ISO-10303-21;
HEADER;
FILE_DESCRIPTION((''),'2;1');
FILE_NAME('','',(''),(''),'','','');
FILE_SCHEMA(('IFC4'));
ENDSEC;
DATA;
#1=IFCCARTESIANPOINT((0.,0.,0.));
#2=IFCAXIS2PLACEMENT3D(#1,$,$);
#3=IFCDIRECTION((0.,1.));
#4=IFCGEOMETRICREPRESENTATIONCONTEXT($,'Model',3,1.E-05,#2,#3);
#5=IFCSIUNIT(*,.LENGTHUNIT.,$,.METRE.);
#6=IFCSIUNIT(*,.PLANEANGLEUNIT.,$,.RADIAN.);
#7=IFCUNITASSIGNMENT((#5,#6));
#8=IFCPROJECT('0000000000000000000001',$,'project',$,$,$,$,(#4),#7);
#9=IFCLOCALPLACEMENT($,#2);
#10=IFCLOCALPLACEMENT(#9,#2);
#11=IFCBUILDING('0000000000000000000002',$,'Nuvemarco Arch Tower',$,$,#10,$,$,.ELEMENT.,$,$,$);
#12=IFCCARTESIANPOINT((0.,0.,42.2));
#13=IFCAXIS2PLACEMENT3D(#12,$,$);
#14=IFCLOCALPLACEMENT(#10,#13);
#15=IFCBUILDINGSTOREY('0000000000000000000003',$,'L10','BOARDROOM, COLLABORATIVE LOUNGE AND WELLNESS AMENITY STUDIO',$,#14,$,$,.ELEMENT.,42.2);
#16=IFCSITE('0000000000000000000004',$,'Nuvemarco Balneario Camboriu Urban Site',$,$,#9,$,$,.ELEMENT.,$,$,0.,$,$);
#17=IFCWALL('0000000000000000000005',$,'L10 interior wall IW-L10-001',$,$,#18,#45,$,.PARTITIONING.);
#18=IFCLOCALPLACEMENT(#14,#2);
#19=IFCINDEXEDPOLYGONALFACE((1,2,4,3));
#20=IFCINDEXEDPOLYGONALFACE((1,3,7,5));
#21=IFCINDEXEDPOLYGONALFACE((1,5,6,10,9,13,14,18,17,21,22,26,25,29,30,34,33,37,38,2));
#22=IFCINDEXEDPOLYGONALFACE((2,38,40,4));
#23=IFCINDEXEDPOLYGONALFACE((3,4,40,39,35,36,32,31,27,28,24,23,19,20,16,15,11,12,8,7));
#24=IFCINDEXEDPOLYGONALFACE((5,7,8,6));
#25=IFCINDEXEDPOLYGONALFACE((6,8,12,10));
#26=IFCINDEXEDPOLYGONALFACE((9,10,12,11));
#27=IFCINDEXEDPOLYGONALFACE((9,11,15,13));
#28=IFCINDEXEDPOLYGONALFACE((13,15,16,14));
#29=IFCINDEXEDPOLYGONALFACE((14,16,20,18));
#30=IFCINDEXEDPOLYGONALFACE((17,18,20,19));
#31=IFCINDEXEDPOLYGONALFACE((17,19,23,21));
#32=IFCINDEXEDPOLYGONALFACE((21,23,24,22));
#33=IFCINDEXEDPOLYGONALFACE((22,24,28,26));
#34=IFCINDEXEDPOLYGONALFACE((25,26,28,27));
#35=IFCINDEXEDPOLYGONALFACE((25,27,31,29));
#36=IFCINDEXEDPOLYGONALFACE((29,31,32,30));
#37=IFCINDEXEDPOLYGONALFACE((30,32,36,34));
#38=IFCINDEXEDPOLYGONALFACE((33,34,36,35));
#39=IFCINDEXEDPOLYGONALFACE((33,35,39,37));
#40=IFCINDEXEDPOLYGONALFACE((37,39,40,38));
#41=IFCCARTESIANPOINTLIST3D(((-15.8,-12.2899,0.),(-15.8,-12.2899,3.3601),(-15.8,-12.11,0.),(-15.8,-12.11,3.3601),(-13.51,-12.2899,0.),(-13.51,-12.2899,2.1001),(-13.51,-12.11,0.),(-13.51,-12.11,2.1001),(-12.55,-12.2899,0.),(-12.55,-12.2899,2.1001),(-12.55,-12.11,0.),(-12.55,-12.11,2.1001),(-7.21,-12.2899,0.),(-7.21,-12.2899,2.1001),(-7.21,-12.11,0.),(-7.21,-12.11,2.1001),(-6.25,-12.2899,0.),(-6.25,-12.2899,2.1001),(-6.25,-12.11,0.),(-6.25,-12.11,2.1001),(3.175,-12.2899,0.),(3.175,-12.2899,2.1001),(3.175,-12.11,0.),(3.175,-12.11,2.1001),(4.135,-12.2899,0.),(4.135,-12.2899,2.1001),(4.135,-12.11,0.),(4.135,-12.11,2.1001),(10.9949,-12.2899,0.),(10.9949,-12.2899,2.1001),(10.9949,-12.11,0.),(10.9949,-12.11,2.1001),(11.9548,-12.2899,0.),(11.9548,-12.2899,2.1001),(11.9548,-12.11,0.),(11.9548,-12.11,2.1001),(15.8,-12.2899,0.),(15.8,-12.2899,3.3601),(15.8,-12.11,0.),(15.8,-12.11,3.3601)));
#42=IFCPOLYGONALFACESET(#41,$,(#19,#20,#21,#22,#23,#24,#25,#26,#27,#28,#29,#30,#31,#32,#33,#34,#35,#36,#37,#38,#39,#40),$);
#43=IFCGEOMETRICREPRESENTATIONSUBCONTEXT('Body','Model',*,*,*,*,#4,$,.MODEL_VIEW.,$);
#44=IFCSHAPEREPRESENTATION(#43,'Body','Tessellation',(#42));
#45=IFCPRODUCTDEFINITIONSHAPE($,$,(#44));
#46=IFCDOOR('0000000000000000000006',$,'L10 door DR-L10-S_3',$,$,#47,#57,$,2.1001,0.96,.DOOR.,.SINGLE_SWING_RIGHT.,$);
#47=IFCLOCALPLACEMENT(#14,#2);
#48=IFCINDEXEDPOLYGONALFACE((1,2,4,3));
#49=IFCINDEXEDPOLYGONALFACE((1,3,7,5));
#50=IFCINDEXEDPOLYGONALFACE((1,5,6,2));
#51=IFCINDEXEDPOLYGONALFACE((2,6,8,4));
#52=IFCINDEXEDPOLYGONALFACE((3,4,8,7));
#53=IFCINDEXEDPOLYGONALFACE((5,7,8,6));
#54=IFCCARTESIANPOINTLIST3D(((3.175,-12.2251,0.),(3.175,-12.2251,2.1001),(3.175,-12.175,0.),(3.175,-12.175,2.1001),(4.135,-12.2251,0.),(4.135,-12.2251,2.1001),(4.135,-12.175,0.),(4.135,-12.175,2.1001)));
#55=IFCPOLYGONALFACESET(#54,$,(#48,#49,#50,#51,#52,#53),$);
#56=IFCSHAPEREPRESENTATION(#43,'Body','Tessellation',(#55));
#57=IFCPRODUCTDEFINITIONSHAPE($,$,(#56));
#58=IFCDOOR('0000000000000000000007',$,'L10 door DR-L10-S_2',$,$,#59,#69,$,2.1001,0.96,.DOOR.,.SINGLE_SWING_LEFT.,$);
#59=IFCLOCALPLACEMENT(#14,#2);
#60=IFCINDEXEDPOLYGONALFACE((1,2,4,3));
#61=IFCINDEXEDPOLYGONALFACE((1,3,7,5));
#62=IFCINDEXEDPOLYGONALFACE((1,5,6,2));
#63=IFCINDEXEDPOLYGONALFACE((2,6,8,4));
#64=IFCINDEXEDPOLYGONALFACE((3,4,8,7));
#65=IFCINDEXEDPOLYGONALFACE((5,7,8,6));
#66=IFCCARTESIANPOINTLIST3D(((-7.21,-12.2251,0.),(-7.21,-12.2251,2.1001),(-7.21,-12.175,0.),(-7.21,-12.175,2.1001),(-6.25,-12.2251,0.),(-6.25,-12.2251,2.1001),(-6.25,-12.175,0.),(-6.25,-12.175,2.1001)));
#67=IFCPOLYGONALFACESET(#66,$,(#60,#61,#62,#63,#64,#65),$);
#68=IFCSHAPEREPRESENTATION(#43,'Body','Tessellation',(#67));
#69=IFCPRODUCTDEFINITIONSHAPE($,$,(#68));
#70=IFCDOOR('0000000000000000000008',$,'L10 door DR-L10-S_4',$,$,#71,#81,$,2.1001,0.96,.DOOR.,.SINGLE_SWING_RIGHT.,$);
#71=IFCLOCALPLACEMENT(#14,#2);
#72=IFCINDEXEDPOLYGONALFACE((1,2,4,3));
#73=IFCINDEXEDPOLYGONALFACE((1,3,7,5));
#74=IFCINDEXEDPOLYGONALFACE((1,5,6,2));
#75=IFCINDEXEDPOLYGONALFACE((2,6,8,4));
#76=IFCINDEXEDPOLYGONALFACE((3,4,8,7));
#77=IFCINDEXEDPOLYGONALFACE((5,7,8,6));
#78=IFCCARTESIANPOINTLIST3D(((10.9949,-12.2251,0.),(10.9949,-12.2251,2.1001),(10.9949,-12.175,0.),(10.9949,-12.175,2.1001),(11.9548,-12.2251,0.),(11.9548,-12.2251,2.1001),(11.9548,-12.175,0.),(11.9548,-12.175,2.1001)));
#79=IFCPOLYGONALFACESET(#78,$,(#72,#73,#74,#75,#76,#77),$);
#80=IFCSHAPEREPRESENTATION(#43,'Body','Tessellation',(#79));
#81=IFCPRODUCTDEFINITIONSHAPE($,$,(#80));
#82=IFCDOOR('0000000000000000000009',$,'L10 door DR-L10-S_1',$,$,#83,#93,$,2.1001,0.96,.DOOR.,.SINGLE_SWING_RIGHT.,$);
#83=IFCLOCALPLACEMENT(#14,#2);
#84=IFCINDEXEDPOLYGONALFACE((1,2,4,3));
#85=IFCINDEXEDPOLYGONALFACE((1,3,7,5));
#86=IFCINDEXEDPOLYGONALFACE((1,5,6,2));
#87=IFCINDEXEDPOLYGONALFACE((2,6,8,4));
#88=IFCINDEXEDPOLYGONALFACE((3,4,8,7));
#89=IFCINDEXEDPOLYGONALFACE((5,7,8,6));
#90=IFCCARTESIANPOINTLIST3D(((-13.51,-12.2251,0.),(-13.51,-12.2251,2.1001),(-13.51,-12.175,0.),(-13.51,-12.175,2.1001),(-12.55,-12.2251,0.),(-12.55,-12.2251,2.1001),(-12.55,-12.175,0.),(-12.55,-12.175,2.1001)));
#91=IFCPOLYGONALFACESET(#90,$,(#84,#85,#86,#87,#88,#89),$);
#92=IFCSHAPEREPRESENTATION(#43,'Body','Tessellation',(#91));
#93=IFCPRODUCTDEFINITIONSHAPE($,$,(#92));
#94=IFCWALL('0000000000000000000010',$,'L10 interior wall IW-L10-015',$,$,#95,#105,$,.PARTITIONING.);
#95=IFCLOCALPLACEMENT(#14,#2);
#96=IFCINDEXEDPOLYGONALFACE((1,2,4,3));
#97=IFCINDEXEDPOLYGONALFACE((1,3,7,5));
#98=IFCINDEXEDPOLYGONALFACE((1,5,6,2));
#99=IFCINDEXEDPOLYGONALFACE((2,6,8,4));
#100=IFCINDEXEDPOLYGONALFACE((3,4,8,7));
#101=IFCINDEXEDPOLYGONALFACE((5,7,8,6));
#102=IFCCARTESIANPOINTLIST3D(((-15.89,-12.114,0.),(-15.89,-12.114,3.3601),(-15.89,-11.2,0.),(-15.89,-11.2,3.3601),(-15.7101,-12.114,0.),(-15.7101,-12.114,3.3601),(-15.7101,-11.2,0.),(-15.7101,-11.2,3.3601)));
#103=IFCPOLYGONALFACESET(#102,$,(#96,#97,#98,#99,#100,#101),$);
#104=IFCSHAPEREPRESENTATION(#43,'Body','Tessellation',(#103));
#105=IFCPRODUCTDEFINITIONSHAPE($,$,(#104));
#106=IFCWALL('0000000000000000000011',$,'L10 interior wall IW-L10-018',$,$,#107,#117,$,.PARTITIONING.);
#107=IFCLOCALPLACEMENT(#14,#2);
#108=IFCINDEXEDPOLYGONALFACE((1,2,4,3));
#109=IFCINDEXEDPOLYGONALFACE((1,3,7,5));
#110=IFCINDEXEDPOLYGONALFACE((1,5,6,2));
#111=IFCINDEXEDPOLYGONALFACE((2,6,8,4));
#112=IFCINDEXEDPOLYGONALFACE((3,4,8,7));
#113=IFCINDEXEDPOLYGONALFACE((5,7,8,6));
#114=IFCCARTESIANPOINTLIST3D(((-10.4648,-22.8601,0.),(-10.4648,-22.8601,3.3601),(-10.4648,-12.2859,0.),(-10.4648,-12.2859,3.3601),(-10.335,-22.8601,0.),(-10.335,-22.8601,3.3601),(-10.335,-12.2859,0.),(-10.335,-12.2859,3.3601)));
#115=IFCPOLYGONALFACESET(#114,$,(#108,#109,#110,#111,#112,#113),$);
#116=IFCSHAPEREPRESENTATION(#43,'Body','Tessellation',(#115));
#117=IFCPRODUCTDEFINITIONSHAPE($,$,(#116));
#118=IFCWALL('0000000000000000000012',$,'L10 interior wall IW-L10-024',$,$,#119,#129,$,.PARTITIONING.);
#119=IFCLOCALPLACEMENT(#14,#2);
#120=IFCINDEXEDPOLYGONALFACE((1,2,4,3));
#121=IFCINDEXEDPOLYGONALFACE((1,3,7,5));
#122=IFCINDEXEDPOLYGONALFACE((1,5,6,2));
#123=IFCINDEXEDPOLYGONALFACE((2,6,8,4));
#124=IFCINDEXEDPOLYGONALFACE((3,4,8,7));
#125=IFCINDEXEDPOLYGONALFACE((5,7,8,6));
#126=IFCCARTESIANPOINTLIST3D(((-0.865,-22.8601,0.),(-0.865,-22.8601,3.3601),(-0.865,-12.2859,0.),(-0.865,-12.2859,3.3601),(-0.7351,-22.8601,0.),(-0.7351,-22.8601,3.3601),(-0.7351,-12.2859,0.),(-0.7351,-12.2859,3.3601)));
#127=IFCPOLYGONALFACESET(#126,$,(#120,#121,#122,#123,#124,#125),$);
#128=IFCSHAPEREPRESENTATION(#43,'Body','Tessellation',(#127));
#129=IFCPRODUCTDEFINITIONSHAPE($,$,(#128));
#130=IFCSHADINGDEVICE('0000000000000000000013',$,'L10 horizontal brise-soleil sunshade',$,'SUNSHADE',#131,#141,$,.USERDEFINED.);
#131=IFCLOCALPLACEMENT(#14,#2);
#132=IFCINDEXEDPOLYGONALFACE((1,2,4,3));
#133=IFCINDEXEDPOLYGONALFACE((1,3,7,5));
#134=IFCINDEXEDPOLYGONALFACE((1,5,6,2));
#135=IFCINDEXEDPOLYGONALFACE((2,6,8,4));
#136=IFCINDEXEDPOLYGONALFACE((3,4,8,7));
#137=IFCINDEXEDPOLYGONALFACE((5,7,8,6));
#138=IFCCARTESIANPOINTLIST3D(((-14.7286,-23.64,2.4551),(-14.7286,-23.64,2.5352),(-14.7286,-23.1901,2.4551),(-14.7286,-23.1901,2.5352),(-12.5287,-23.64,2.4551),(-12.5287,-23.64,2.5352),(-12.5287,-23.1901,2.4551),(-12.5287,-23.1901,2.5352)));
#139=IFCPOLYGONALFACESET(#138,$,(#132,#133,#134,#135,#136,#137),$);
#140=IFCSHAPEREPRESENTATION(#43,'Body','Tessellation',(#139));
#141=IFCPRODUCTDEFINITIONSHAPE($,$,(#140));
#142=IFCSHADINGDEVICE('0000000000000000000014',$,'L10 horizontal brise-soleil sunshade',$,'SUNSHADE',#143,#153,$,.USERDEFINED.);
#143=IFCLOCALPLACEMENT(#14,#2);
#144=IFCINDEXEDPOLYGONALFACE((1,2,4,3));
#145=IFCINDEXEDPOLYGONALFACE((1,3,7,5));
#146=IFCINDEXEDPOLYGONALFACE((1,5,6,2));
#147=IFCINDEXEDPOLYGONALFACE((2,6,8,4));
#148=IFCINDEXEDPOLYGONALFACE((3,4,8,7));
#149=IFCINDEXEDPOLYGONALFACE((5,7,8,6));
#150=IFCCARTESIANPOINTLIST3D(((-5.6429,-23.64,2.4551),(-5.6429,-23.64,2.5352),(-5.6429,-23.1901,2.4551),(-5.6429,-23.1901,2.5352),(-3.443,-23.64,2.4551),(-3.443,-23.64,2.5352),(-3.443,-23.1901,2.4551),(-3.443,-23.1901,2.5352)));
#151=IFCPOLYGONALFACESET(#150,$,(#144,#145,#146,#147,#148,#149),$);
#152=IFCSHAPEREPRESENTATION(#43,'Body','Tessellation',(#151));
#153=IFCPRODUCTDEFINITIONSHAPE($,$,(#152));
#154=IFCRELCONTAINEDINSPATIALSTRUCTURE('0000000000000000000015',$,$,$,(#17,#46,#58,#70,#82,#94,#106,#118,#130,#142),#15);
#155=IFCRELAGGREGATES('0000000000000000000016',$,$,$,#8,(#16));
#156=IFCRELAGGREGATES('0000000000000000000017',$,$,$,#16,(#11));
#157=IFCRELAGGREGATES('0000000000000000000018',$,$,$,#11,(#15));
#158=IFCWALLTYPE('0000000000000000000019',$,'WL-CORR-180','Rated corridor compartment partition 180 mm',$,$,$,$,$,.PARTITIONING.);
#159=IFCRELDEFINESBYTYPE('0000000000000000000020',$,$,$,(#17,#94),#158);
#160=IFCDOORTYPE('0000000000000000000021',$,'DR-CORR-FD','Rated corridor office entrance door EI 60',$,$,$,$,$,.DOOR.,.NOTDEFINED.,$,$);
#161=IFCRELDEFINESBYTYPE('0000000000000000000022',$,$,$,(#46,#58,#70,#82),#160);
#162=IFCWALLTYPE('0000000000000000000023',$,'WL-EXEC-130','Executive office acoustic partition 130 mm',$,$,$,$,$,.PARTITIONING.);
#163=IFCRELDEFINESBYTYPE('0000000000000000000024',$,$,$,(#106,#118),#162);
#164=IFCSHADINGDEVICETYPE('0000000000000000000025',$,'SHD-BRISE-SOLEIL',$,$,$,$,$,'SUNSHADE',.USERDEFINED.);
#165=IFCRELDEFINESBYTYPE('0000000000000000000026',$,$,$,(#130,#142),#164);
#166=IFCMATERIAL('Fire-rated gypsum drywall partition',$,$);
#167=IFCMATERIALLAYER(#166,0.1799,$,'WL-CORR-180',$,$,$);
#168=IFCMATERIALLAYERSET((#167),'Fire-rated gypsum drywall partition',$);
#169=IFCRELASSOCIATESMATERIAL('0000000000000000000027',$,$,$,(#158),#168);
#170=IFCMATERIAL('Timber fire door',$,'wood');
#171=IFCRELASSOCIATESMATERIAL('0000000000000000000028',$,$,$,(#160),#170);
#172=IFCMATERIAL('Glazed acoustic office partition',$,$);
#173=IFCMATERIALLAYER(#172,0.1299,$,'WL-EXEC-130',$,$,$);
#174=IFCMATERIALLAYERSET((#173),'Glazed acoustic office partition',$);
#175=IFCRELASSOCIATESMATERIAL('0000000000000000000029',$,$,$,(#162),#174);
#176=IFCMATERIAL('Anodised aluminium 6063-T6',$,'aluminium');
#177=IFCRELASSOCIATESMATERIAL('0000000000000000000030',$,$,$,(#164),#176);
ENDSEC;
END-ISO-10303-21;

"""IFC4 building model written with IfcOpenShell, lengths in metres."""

from ifc_helpers import new_model, si_unit, direction, frame, frame_2d, origin, origin_2d, place, context, subcontext, project, spatial, rectangle, extrude, source, transform, mapped, material, layer, layer_set, type_object, type_shapes, element, fill, save


model = new_model("IFC4")

# Units and contexts
model_context = context("Model", 3, precision=1e-05, world=origin(), true_north=direction((0.0, 1.0)))
body_context = subcontext(model_context, "Body", "Model", "MODEL_VIEW")
ifc_project = project(units=[si_unit("LENGTHUNIT", "METRE"), si_unit("PLANEANGLEUNIT", "RADIAN")], contexts=[model_context])

# Site, building, storey
site_placement = place(None, origin())
site = spatial("IfcSite", under=ifc_project, at=site_placement, Name="Nuvemarco Balneario Camboriu Urban Site", CompositionType="ELEMENT", RefElevation=0.0)
building_placement = place(site_placement, origin())
building = spatial("IfcBuilding", under=site, at=building_placement, Name="Nuvemarco Arch Tower", CompositionType="ELEMENT")
storey_placement = place(building_placement, frame((0.0, 0.0, 42.2)))
storey = spatial("IfcBuildingStorey", under=building, at=storey_placement, Name="L10", Description="BOARDROOM, COLLABORATIVE LOUNGE AND WELLNESS AMENITY STUDIO", CompositionType="ELEMENT", Elevation=42.2)

# Wall, openings, doors
ifc_material_1 = material(Name="Fire-rated gypsum drywall partition")
ifc_layer_1 = layer(ifc_material_1, 0.1799, Name="WL-CORR-180")
ifc_layer_set_1 = layer_set([ifc_layer_1], Name="Fire-rated gypsum drywall partition")
wall_type_1 = type_object("IfcWallType", Name="WL-CORR-180", Description="Rated corridor compartment partition 180 mm", PredefinedType="PARTITIONING", material=ifc_layer_set_1)
wall_1_placement = place(storey_placement, frame((-15.8, -12.2, 0.0), z_axis=(0.0, 0.0, 1.0), x_axis=(1.0, 0.0, 0.0)))
wall_1 = element("IfcWall", 1, at=wall_1_placement, inside=storey, type_object=wall_type_1, Name="L10 interior wall IW-L10-001", PredefinedType="PARTITIONING", context=body_context, shape_type="SweptSolid", body=[
    extrude(rectangle(XDim=31.6001, YDim=0.1799, at=frame_2d((15.8, 0.0))), origin(), (0.0, 0.0, 1.0), 3.3601),
])
opening_1_placement = place(wall_1_placement, frame((18.9751, 0.0, 0.0)))
opening_1 = element("IfcOpeningElement", 2, at=opening_1_placement, cuts=wall_1, PredefinedType="OPENING", context=body_context, shape_type="SweptSolid", body=[
    extrude(rectangle(XDim=0.96, YDim=2.1001, at=frame_2d((0.48, 1.05))), frame((0.0, 0.0999, 0.0), z_axis=(0.0, -1.0, 0.0), x_axis=(1.0, 0.0, 0.0)), (0.0, 0.0, 1.0), 0.2),
])
opening_2_placement = place(wall_1_placement, frame((8.5901, 0.0, 0.0)))
opening_2 = element("IfcOpeningElement", 3, at=opening_2_placement, cuts=wall_1, PredefinedType="OPENING", context=body_context, shape_type="SweptSolid", body=[
    extrude(rectangle(XDim=0.96, YDim=2.1001, at=frame_2d((0.48, 1.05))), frame((0.0, 0.0999, 0.0), z_axis=(0.0, -1.0, 0.0), x_axis=(1.0, 0.0, 0.0)), (0.0, 0.0, 1.0), 0.2),
])
opening_3_placement = place(wall_1_placement, frame((26.7949, 0.0, 0.0)))
opening_3 = element("IfcOpeningElement", 4, at=opening_3_placement, cuts=wall_1, PredefinedType="OPENING", context=body_context, shape_type="SweptSolid", body=[
    extrude(rectangle(XDim=0.96, YDim=2.1001, at=frame_2d((0.48, 1.05))), frame((0.0, 0.0999, 0.0), z_axis=(0.0, -1.0, 0.0), x_axis=(1.0, 0.0, 0.0)), (0.0, 0.0, 1.0), 0.2),
])
opening_4_placement = place(wall_1_placement, frame((2.29, 0.0, 0.0)))
opening_4 = element("IfcOpeningElement", 5, at=opening_4_placement, cuts=wall_1, PredefinedType="OPENING", context=body_context, shape_type="SweptSolid", body=[
    extrude(rectangle(XDim=0.96, YDim=2.1001, at=frame_2d((0.48, 1.05))), frame((0.0, 0.0999, 0.0), z_axis=(0.0, -1.0, 0.0), x_axis=(1.0, 0.0, 0.0)), (0.0, 0.0, 1.0), 0.2),
])
ifc_material_2 = material(Name="Timber fire door", Category="wood")
door_type = type_object("IfcDoorType", Name="DR-CORR-FD", Description="Rated corridor office entrance door EI 60", OperationType="NOTDEFINED", PredefinedType="DOOR", material=ifc_material_2)
shared_shape_1 = source(origin(), body_context, "Body", "SweptSolid", [
    extrude(rectangle(XDim=0.96, YDim=2.1001, at=frame_2d((0.48, 1.05))), frame((0.0, 0.0249, 0.0), z_axis=(0.0, -1.0, 0.0), x_axis=(1.0, 0.0, 0.0)), (0.0, 0.0, 1.0), 0.05),
])
type_shapes(door_type, [shared_shape_1])
door_1_placement = place(opening_1_placement, origin())
door_1 = element("IfcDoor", 6, at=door_1_placement, inside=storey, type_object=door_type, Name="L10 door DR-L10-S_3", OperationType="SINGLE_SWING_RIGHT", OverallHeight=2.1001, OverallWidth=0.96, PredefinedType="DOOR", context=body_context, shape_type="MappedRepresentation", body=[
    mapped(shared_shape_1, transform((0.0, 0.0, 0.0), scale=1.0)),
])
fill(opening_1, door_1)
door_2_placement = place(opening_2_placement, origin())
door_2 = element("IfcDoor", 7, at=door_2_placement, inside=storey, type_object=door_type, Name="L10 door DR-L10-S_2", OperationType="SINGLE_SWING_LEFT", OverallHeight=2.1001, OverallWidth=0.96, PredefinedType="DOOR", context=body_context, shape_type="MappedRepresentation", body=[
    mapped(shared_shape_1, transform((0.0, 0.0, 0.0), scale=1.0)),
])
fill(opening_2, door_2)
door_3_placement = place(opening_3_placement, origin())
door_3 = element("IfcDoor", 8, at=door_3_placement, inside=storey, type_object=door_type, Name="L10 door DR-L10-S_4", OperationType="SINGLE_SWING_RIGHT", OverallHeight=2.1001, OverallWidth=0.96, PredefinedType="DOOR", context=body_context, shape_type="MappedRepresentation", body=[
    mapped(shared_shape_1, transform((0.0, 0.0, 0.0), scale=1.0)),
])
fill(opening_3, door_3)
door_4_placement = place(opening_4_placement, origin())
door_4 = element("IfcDoor", 9, at=door_4_placement, inside=storey, type_object=door_type, Name="L10 door DR-L10-S_1", OperationType="SINGLE_SWING_RIGHT", OverallHeight=2.1001, OverallWidth=0.96, PredefinedType="DOOR", context=body_context, shape_type="MappedRepresentation", body=[
    mapped(shared_shape_1, transform((0.0, 0.0, 0.0), scale=1.0)),
])
fill(opening_4, door_4)

# Walls
wall_2_placement = place(storey_placement, frame((-15.8, -12.114, 0.0), z_axis=(0.0, 0.0, 1.0), x_axis=(0.0, 1.0, 0.0)))
element("IfcWall", 10, at=wall_2_placement, inside=storey, type_object=wall_type_1, Name="L10 interior wall IW-L10-015", PredefinedType="PARTITIONING", context=body_context, shape_type="SweptSolid", body=[
    extrude(rectangle(XDim=0.9141, YDim=0.1799, at=frame_2d((0.457, 0.0))), origin(), (0.0, 0.0, 1.0), 3.3601),
])
ifc_material_3 = material(Name="Glazed acoustic office partition")
ifc_layer_2 = layer(ifc_material_3, 0.1299, Name="WL-EXEC-130")
ifc_layer_set_2 = layer_set([ifc_layer_2], Name="Glazed acoustic office partition")
wall_type_2 = type_object("IfcWallType", Name="WL-EXEC-130", Description="Executive office acoustic partition 130 mm", PredefinedType="PARTITIONING", material=ifc_layer_set_2)
for number, where, z_axis, x_axis, name in (
    (11, (-10.3999, -22.8601, 0.0), (0.0, 0.0, 1.0), (0.0, 1.0, 0.0), "L10 interior wall IW-L10-018"),
    (12, (-0.8, -22.8601, 0.0), (0.0, 0.0, 1.0), (0.0, 1.0, 0.0), "L10 interior wall IW-L10-024"),
):
    element("IfcWall", number, at=place(storey_placement, frame(where, z_axis=z_axis, x_axis=x_axis)), inside=storey, type_object=wall_type_2, Name=name, PredefinedType="PARTITIONING", context=body_context, shape_type="SweptSolid", body=[
        extrude(rectangle(XDim=10.5742, YDim=0.1299, at=frame_2d((5.2871, 0.0))), origin(), (0.0, 0.0, 1.0), 3.3601),
    ])

# Shading devices
ifc_material_4 = material(Name="Anodised aluminium 6063-T6", Category="aluminium")
shading_device_type = type_object("IfcShadingDeviceType", Name="SHD-BRISE-SOLEIL", ElementType="SUNSHADE", PredefinedType="USERDEFINED", material=ifc_material_4)
shared_shape_2 = source(origin(), body_context, "Body", "SweptSolid", [
    extrude(rectangle(XDim=2.2, YDim=0.45, at=origin_2d()), origin(), (0.0, 0.0, 1.0), 0.0801),
])
type_shapes(shading_device_type, [shared_shape_2])
for number, where, z_axis, x_axis, name in (
    (13, (-13.6287, -23.415, 2.4551), (0.0, 0.0, 1.0), (1.0, 0.0, 0.0), "L10 horizontal brise-soleil sunshade"),
    (14, (-4.543, -23.415, 2.4551), (0.0, 0.0, 1.0), (1.0, 0.0, 0.0), "L10 horizontal brise-soleil sunshade"),
):
    element("IfcShadingDevice", number, at=place(storey_placement, frame(where, z_axis=z_axis, x_axis=x_axis)), inside=storey, type_object=shading_device_type, Name=name, ObjectType="SUNSHADE", PredefinedType="USERDEFINED", context=body_context, shape_type="MappedRepresentation", body=[
        mapped(shared_shape_2, transform((0.0, 0.0, 0.0), scale=1.0)),
    ])

save(model, "model.ifc")
